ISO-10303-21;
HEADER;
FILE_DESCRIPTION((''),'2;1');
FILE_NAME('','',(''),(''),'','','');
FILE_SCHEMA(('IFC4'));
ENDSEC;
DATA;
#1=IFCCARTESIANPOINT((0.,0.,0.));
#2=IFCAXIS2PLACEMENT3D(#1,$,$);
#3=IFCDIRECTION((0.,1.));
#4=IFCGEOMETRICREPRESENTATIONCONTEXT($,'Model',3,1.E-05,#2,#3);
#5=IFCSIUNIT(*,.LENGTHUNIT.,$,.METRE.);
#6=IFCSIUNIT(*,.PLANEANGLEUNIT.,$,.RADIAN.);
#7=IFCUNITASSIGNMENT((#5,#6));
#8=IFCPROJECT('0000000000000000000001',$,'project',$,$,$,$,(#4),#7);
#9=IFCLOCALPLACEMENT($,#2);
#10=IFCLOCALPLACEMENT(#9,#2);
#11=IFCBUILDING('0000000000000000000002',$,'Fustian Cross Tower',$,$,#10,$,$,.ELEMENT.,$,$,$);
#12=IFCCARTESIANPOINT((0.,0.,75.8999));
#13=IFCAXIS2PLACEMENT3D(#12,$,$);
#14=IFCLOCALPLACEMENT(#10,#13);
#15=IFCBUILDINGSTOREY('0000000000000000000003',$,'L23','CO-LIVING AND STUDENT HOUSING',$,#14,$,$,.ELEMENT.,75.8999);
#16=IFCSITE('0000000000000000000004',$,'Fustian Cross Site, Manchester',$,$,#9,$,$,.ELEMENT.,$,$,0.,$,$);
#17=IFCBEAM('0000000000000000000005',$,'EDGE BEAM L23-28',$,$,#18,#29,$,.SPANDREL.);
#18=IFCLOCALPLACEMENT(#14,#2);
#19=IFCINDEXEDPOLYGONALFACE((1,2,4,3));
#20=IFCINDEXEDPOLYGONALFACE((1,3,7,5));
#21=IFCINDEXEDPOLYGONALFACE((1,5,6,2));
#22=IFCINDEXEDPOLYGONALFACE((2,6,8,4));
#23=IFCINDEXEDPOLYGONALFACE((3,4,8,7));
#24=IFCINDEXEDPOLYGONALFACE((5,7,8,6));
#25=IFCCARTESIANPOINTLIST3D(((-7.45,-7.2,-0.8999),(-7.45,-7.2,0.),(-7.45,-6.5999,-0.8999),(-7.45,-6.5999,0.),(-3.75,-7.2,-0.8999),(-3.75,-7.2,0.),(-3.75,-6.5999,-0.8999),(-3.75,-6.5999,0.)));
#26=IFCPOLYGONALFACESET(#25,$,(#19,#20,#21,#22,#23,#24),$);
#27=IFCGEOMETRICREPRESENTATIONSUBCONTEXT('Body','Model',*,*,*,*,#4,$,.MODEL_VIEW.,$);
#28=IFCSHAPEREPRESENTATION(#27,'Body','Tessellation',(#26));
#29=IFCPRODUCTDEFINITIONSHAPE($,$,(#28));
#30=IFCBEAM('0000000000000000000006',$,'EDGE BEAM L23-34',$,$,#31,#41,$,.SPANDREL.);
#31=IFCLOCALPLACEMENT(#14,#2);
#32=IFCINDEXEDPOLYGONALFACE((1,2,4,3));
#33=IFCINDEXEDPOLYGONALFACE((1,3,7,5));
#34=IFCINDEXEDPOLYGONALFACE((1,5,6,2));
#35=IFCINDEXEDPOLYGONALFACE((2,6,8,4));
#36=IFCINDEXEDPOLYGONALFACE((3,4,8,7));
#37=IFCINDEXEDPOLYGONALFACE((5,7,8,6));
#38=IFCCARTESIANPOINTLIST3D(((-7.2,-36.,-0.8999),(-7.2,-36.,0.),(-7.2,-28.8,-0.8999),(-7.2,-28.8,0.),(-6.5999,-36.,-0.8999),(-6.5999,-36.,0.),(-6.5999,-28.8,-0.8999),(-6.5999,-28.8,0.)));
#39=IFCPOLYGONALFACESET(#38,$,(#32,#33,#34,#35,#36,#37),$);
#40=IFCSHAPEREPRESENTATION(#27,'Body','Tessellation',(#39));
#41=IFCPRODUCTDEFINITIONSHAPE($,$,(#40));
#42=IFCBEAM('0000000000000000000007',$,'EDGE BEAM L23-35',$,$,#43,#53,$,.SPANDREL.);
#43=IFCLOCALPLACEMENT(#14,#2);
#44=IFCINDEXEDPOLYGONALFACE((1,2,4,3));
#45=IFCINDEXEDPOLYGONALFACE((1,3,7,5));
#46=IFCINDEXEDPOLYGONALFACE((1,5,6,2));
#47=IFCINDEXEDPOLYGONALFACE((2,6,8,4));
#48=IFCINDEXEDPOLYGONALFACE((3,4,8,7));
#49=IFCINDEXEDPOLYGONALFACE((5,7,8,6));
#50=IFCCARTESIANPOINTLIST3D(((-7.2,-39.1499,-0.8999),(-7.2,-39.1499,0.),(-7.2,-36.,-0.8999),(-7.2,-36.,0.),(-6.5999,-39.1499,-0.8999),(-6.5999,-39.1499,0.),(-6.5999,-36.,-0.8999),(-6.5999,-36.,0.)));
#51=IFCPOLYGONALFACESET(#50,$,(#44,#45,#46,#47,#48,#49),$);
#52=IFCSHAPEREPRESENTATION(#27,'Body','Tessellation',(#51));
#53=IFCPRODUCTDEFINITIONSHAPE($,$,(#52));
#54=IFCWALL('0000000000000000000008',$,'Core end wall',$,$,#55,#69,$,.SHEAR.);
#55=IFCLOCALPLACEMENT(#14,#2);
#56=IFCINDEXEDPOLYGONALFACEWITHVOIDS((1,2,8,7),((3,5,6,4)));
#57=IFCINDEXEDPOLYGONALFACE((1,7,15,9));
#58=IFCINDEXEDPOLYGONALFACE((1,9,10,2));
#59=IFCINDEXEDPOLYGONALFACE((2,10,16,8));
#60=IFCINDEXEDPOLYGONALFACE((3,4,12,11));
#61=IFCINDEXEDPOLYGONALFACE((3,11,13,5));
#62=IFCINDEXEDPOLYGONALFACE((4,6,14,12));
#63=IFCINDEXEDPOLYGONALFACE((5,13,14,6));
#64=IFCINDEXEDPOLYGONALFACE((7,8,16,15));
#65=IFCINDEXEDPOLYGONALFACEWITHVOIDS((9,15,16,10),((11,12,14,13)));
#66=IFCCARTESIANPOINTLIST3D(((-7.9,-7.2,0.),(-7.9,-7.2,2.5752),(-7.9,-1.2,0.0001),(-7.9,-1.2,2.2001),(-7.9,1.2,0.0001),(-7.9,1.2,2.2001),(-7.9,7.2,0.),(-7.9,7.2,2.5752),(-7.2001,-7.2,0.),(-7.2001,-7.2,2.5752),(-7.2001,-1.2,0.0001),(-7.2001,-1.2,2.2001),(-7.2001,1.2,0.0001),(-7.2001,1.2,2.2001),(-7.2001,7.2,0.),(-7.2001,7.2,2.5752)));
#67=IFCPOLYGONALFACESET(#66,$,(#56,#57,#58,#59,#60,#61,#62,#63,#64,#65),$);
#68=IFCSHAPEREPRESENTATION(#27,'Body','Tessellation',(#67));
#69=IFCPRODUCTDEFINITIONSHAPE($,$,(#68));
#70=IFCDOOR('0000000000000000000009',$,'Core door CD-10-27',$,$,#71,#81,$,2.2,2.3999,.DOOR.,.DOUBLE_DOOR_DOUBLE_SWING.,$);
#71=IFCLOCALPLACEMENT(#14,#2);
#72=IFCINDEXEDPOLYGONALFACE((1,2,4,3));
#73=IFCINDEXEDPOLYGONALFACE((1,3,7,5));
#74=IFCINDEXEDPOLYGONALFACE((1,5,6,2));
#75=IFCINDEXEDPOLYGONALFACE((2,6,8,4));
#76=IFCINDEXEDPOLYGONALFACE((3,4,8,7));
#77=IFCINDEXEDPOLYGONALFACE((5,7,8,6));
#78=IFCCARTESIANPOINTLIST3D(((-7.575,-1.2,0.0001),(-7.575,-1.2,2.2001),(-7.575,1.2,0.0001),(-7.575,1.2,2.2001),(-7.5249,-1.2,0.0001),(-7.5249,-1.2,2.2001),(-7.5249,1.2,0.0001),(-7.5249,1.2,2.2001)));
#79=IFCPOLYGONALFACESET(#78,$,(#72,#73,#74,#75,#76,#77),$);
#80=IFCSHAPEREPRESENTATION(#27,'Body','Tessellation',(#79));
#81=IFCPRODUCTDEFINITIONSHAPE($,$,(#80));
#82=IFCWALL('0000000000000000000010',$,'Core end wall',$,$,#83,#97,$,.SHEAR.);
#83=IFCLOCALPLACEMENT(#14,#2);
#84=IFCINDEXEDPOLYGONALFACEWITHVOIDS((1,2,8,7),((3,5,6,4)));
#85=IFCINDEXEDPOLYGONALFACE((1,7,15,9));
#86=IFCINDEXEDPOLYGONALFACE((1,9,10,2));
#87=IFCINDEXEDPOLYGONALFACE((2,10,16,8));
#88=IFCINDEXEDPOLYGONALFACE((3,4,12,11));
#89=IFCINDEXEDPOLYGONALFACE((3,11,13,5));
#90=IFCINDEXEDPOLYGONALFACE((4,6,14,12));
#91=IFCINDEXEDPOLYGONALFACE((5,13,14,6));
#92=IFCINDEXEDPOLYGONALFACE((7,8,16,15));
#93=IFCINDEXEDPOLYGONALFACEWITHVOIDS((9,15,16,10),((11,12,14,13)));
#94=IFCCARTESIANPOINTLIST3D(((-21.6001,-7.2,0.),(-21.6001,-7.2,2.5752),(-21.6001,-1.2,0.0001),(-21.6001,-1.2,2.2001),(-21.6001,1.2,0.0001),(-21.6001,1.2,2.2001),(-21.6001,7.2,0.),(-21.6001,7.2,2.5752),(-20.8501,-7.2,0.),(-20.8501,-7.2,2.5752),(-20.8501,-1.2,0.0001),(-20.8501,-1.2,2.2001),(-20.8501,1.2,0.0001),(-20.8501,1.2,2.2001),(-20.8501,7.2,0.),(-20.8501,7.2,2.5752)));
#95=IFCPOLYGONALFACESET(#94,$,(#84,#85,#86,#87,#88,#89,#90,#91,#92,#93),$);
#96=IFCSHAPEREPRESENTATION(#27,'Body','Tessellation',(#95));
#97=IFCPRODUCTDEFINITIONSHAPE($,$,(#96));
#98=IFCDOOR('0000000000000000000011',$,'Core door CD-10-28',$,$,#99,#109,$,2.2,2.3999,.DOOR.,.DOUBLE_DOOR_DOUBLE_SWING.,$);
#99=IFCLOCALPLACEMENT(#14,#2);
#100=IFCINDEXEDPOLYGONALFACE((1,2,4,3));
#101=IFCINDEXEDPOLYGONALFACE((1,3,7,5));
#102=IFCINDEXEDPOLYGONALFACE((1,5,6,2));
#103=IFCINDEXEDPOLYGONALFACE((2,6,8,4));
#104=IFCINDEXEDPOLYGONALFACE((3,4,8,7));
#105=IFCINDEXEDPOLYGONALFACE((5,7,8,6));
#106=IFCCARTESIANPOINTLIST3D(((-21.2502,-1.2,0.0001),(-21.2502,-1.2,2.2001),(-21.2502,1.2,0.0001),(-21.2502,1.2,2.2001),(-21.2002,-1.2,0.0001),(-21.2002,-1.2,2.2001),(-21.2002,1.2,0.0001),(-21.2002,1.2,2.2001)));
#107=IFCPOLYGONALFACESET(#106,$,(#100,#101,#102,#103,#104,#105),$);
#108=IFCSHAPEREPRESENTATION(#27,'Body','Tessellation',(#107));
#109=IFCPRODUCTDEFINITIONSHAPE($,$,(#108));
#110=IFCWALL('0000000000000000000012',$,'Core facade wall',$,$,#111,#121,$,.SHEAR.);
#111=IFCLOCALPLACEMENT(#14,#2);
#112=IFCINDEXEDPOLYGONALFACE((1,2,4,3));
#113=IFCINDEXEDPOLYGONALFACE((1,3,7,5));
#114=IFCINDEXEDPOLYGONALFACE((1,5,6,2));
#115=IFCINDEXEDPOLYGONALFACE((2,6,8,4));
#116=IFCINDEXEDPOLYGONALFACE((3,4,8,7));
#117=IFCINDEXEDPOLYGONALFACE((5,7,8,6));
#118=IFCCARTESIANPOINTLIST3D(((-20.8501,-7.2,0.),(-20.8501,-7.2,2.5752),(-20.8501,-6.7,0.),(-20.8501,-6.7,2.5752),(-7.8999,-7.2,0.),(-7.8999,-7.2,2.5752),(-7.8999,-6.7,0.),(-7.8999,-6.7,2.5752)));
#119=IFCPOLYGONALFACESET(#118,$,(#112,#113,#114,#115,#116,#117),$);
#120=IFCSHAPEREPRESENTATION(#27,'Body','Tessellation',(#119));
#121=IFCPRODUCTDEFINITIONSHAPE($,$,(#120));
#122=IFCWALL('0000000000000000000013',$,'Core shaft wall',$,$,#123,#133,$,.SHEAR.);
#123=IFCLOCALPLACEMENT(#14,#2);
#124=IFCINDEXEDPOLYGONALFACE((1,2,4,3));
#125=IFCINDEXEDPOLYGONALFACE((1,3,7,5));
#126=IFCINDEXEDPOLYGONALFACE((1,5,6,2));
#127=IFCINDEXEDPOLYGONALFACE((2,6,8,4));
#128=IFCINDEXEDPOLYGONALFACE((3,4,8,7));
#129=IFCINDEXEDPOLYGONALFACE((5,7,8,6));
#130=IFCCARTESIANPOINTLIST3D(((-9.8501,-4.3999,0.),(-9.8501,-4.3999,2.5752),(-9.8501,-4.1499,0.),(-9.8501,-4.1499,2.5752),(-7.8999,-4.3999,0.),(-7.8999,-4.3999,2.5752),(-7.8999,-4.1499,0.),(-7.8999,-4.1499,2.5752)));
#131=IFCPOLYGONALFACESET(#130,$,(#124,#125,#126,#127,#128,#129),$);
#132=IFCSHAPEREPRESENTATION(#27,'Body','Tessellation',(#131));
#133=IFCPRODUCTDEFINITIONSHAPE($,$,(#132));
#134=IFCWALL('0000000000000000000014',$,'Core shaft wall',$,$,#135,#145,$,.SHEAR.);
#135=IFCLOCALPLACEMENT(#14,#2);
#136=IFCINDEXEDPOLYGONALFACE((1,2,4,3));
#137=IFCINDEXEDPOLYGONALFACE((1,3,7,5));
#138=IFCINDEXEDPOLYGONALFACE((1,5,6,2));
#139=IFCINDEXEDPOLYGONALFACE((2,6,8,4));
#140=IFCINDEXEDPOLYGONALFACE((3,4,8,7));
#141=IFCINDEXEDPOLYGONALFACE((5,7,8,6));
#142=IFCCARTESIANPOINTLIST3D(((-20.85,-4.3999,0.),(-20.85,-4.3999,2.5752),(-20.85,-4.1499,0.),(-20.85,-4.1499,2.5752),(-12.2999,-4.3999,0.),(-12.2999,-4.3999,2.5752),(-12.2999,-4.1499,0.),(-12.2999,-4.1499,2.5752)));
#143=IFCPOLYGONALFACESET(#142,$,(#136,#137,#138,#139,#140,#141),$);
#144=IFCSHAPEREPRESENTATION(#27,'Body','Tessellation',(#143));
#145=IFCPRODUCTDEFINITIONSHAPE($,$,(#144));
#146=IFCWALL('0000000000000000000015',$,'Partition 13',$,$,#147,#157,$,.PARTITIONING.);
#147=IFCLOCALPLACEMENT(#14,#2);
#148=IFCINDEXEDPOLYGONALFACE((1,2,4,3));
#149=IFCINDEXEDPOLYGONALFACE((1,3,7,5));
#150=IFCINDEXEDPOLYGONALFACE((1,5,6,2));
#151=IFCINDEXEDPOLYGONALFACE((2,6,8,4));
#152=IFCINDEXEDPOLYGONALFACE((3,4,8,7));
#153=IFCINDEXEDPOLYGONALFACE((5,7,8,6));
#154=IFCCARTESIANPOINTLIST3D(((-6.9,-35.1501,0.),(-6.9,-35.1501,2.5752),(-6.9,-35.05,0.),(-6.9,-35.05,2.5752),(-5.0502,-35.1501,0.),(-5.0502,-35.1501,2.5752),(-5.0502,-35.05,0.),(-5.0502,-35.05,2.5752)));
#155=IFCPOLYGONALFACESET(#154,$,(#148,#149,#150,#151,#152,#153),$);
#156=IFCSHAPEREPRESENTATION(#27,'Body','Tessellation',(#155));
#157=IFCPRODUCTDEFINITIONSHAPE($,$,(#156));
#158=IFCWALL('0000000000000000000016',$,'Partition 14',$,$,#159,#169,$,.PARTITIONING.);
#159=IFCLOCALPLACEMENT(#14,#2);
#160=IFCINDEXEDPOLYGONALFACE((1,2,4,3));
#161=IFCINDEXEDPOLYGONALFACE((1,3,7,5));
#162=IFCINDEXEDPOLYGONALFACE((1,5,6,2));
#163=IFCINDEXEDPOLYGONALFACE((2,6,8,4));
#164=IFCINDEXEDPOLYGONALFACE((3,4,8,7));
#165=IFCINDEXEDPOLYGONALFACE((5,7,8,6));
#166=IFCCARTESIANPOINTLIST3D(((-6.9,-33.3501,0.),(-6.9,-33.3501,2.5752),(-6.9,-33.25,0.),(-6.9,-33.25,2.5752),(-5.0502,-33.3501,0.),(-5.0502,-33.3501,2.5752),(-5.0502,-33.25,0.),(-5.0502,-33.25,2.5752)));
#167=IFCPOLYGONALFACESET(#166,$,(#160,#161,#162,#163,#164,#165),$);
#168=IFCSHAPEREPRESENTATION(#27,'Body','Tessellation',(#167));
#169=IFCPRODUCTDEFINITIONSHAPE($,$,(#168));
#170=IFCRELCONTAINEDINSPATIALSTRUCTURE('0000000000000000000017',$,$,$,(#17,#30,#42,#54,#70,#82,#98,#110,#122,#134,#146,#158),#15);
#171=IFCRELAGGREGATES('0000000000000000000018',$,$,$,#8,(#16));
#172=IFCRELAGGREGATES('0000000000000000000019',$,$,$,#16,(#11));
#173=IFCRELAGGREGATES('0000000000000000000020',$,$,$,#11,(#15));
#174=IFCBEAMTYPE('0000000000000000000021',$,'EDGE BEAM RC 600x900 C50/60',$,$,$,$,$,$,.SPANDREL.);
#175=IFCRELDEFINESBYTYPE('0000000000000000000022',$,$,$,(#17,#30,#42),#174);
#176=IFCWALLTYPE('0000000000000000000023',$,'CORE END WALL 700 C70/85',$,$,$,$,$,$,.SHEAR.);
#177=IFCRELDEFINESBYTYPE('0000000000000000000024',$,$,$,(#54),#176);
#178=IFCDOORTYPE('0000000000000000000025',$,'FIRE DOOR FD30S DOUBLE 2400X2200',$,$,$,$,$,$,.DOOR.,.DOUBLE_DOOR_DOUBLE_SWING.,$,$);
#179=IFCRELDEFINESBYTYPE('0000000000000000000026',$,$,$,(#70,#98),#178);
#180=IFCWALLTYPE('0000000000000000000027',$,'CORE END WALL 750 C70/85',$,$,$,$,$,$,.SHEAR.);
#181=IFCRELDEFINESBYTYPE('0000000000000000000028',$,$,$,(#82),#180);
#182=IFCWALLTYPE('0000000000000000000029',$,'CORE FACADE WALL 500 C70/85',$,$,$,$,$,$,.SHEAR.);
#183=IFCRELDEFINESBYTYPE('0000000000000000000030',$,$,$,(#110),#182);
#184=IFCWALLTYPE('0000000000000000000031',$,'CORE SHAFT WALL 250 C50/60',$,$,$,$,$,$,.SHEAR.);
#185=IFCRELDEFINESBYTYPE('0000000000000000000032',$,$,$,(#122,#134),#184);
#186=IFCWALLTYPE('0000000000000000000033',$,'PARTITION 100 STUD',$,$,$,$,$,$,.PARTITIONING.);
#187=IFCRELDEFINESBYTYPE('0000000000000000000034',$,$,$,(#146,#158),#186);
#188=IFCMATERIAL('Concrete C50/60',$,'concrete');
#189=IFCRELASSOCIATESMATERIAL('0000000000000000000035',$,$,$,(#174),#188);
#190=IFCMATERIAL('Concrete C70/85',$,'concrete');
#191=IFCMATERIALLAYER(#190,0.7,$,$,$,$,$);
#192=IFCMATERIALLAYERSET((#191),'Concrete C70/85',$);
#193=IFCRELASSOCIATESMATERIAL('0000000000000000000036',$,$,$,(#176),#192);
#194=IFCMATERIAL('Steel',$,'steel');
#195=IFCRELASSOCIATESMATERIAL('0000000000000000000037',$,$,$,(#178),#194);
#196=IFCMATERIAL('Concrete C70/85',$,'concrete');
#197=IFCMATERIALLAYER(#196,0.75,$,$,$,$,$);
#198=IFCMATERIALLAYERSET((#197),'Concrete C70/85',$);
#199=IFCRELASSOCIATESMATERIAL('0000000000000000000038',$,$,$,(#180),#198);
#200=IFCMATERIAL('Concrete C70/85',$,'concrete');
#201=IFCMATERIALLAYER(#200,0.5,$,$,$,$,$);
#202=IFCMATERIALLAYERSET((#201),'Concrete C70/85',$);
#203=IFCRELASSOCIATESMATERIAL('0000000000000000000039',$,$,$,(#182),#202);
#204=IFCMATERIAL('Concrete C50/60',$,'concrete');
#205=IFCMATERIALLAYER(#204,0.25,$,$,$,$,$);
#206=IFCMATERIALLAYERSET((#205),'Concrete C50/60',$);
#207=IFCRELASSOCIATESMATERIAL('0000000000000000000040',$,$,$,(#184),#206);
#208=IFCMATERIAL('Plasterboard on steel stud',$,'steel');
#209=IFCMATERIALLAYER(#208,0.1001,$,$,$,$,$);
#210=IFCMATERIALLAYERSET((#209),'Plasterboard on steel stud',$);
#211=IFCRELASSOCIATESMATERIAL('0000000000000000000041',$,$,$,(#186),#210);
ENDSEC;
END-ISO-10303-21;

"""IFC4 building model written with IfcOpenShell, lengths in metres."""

from ifc_helpers import new_model, si_unit, direction, frame, frame_2d, origin, origin_2d, place, context, subcontext, project, spatial, rectangle, extrude, material, layer, layer_set, material_profile, profile_set, type_object, element, fill, save


model = new_model("IFC4")

# Units and contexts
model_context = context("Model", 3, precision=1e-05, world=origin(), true_north=direction((0.0, 1.0)))
body_context = subcontext(model_context, "Body", "Model", "MODEL_VIEW")
ifc_project = project(units=[si_unit("LENGTHUNIT", "METRE"), si_unit("PLANEANGLEUNIT", "RADIAN")], contexts=[model_context])

# Site, building, storey
site_placement = place(None, origin())
site = spatial("IfcSite", under=ifc_project, at=site_placement, Name="Fustian Cross Site, Manchester", CompositionType="ELEMENT", RefElevation=0.0)
building_placement = place(site_placement, origin())
building = spatial("IfcBuilding", under=site, at=building_placement, Name="Fustian Cross Tower", CompositionType="ELEMENT")
storey_placement = place(building_placement, frame((0.0, 0.0, 75.8999)))
storey = spatial("IfcBuildingStorey", under=building, at=storey_placement, Name="L23", Description="CO-LIVING AND STUDENT HOUSING", CompositionType="ELEMENT", Elevation=75.8999)

# Beams
ifc_material_1 = material(Name="Concrete C50/60", Category="concrete")
ifc_material_profile = material_profile(ifc_material_1, rectangle(XDim=0.6001, YDim=0.8999, at=origin_2d()), Name="RC 600x900")
ifc_profile_set = profile_set([ifc_material_profile], Name="Concrete C50/60")
beam_type = type_object("IfcBeamType", Name="EDGE BEAM RC 600x900 C50/60", PredefinedType="SPANDREL", material=ifc_profile_set)
beam_1_placement = place(storey_placement, frame((-7.45, -6.8999, -0.45), z_axis=(1.0, 0.0, 0.0), x_axis=(0.0, 1.0, 0.0)))
element("IfcBeam", 1, at=beam_1_placement, inside=storey, type_object=beam_type, Name="EDGE BEAM L23-28", PredefinedType="SPANDREL", context=body_context, shape_type="SweptSolid", body=[
    extrude(rectangle(XDim=0.6001, YDim=0.8999, at=origin_2d()), origin(), (0.0, 0.0, 1.0), 3.7),
])
beam_2_placement = place(storey_placement, frame((-6.8999, -28.8, -0.45), z_axis=(0.0, -1.0, 0.0), x_axis=(1.0, 0.0, 0.0)))
element("IfcBeam", 2, at=beam_2_placement, inside=storey, type_object=beam_type, Name="EDGE BEAM L23-34", PredefinedType="SPANDREL", context=body_context, shape_type="SweptSolid", body=[
    extrude(rectangle(XDim=0.6001, YDim=0.8999, at=origin_2d()), origin(), (0.0, 0.0, 1.0), 7.2),
])
beam_3_placement = place(storey_placement, frame((-6.8999, -36.0, -0.45), z_axis=(0.0, -1.0, 0.0), x_axis=(1.0, 0.0, 0.0)))
element("IfcBeam", 3, at=beam_3_placement, inside=storey, type_object=beam_type, Name="EDGE BEAM L23-35", PredefinedType="SPANDREL", context=body_context, shape_type="SweptSolid", body=[
    extrude(rectangle(XDim=0.6001, YDim=0.8999, at=origin_2d()), origin(), (0.0, 0.0, 1.0), 3.1499),
])

# Walls, openings, doors
ifc_material_2 = material(Name="Concrete C70/85", Category="concrete")
ifc_layer_1 = layer(ifc_material_2, 0.7)
ifc_layer_set_1 = layer_set([ifc_layer_1], Name="Concrete C70/85")
wall_type_1 = type_object("IfcWallType", Name="CORE END WALL 700 C70/85", PredefinedType="SHEAR", material=ifc_layer_set_1)
wall_1_placement = place(storey_placement, frame((-7.55, -7.2, 0.0), z_axis=(0.0, 0.0, 1.0), x_axis=(0.0, 1.0, 0.0)))
wall_1 = element("IfcWall", 4, at=wall_1_placement, inside=storey, type_object=wall_type_1, Name="Core end wall", PredefinedType="SHEAR", context=body_context, shape_type="SweptSolid", body=[
    extrude(rectangle(XDim=14.3999, YDim=0.7, at=frame_2d((7.2, 0.0))), origin(), (0.0, 0.0, 1.0), 2.5752),
])
opening_1_placement = place(wall_1_placement, frame((6.0, 0.0, 0.0)))
opening_1 = element("IfcOpeningElement", 5, at=opening_1_placement, cuts=wall_1, PredefinedType="OPENING", context=body_context, shape_type="SweptSolid", body=[
    extrude(rectangle(XDim=2.3999, YDim=2.2, at=frame_2d((1.2, 1.1001))), frame((0.0, 0.3599, 0.0), z_axis=(0.0, -1.0, 0.0), x_axis=(1.0, 0.0, 0.0)), (0.0, 0.0, 1.0), 0.72),
])
ifc_material_3 = material(Name="Steel", Category="steel")
door_type_1 = type_object("IfcDoorType", Name="FIRE DOOR FD30S DOUBLE 2400X2200", OperationType="DOUBLE_DOOR_DOUBLE_SWING", PredefinedType="DOOR", material=ifc_material_3)
door_1_placement = place(opening_1_placement, origin())
door_1 = element("IfcDoor", 6, at=door_1_placement, inside=storey, type_object=door_type_1, Name="Core door CD-10-27", OperationType="DOUBLE_DOOR_DOUBLE_SWING", OverallHeight=2.2, OverallWidth=2.3999, PredefinedType="DOOR", context=body_context, shape_type="SweptSolid", body=[
    extrude(rectangle(XDim=2.3999, YDim=2.2, at=frame_2d((1.2, 1.1001))), frame((0.0, 0.0249, 0.0), z_axis=(0.0, -1.0, 0.0), x_axis=(1.0, 0.0, 0.0)), (0.0, 0.0, 1.0), 0.05),
])
fill(opening_1, door_1)
ifc_material_4 = material(Name="Concrete C70/85", Category="concrete")
ifc_layer_2 = layer(ifc_material_4, 0.75)
ifc_layer_set_2 = layer_set([ifc_layer_2], Name="Concrete C70/85")
wall_type_2 = type_object("IfcWallType", Name="CORE END WALL 750 C70/85", PredefinedType="SHEAR", material=ifc_layer_set_2)
wall_2_placement = place(storey_placement, frame((-21.2251, -7.2, 0.0), z_axis=(0.0, 0.0, 1.0), x_axis=(0.0, 1.0, 0.0)))
wall_2 = element("IfcWall", 7, at=wall_2_placement, inside=storey, type_object=wall_type_2, Name="Core end wall", PredefinedType="SHEAR", context=body_context, shape_type="SweptSolid", body=[
    extrude(rectangle(XDim=14.3999, YDim=0.75, at=frame_2d((7.2, 0.0))), origin(), (0.0, 0.0, 1.0), 2.5752),
])
opening_2_placement = place(wall_2_placement, frame((6.0, 0.0, 0.0)))
opening_2 = element("IfcOpeningElement", 8, at=opening_2_placement, cuts=wall_2, PredefinedType="OPENING", context=body_context, shape_type="SweptSolid", body=[
    extrude(rectangle(XDim=2.3999, YDim=2.2, at=frame_2d((1.2, 1.1001))), frame((0.0, 0.385, 0.0), z_axis=(0.0, -1.0, 0.0), x_axis=(1.0, 0.0, 0.0)), (0.0, 0.0, 1.0), 0.77),
])
door_2_placement = place(opening_2_placement, frame((2.3999, 0.0, 0.0), z_axis=(0.0, 0.0, 1.0), x_axis=(-1.0, 0.0, 0.0)))
door_2 = element("IfcDoor", 9, at=door_2_placement, inside=storey, type_object=door_type_1, Name="Core door CD-10-28", OperationType="DOUBLE_DOOR_DOUBLE_SWING", OverallHeight=2.2, OverallWidth=2.3999, PredefinedType="DOOR", context=body_context, shape_type="SweptSolid", body=[
    extrude(rectangle(XDim=2.3999, YDim=2.2, at=frame_2d((1.2, 1.1001))), frame((0.0, 0.0249, 0.0), z_axis=(0.0, -1.0, 0.0), x_axis=(1.0, 0.0, 0.0)), (0.0, 0.0, 1.0), 0.05),
])
fill(opening_2, door_2)

# Walls
ifc_material_5 = material(Name="Concrete C70/85", Category="concrete")
ifc_layer_3 = layer(ifc_material_5, 0.5)
ifc_layer_set_3 = layer_set([ifc_layer_3], Name="Concrete C70/85")
wall_type_3 = type_object("IfcWallType", Name="CORE FACADE WALL 500 C70/85", PredefinedType="SHEAR", material=ifc_layer_set_3)
wall_3_placement = place(storey_placement, frame((-7.8999, -6.95, 0.0), z_axis=(0.0, 0.0, 1.0), x_axis=(-1.0, 0.0, 0.0)))
element("IfcWall", 10, at=wall_3_placement, inside=storey, type_object=wall_type_3, Name="Core facade wall", PredefinedType="SHEAR", context=body_context, shape_type="SweptSolid", body=[
    extrude(rectangle(XDim=12.9502, YDim=0.5, at=frame_2d((6.4751, 0.0))), origin(), (0.0, 0.0, 1.0), 2.5752),
])
ifc_material_6 = material(Name="Concrete C50/60", Category="concrete")
ifc_layer_4 = layer(ifc_material_6, 0.25)
ifc_layer_set_4 = layer_set([ifc_layer_4], Name="Concrete C50/60")
wall_type_4 = type_object("IfcWallType", Name="CORE SHAFT WALL 250 C50/60", PredefinedType="SHEAR", material=ifc_layer_set_4)
wall_4_placement = place(storey_placement, frame((-7.8999, -4.2749, 0.0), z_axis=(0.0, 0.0, 1.0), x_axis=(-1.0, 0.0, 0.0)))
element("IfcWall", 11, at=wall_4_placement, inside=storey, type_object=wall_type_4, Name="Core shaft wall", PredefinedType="SHEAR", context=body_context, shape_type="SweptSolid", body=[
    extrude(rectangle(XDim=1.9502, YDim=0.25, at=frame_2d((0.9751, 0.0))), origin(), (0.0, 0.0, 1.0), 2.5752),
])
wall_5_placement = place(storey_placement, frame((-12.3, -4.2749, 0.0), z_axis=(0.0, 0.0, 1.0), x_axis=(-1.0, 0.0, 0.0)))
element("IfcWall", 12, at=wall_5_placement, inside=storey, type_object=wall_type_4, Name="Core shaft wall", PredefinedType="SHEAR", context=body_context, shape_type="SweptSolid", body=[
    extrude(rectangle(XDim=8.55, YDim=0.25, at=frame_2d((4.2749, 0.0))), origin(), (0.0, 0.0, 1.0), 2.5752),
])
ifc_material_7 = material(Name="Plasterboard on steel stud", Category="steel")
ifc_layer_5 = layer(ifc_material_7, 0.1001)
ifc_layer_set_5 = layer_set([ifc_layer_5], Name="Plasterboard on steel stud")
wall_type_5 = type_object("IfcWallType", Name="PARTITION 100 STUD", PredefinedType="PARTITIONING", material=ifc_layer_set_5)
for number, where, z_axis, x_axis, name in (
    (13, (-6.8999, -35.1001, 0.0), (0.0, 0.0, 1.0), (1.0, 0.0, 0.0), "Partition 13"),
    (14, (-6.8999, -33.3, 0.0), (0.0, 0.0, 1.0), (1.0, 0.0, 0.0), "Partition 14"),
):
    element("IfcWall", number, at=place(storey_placement, frame(where, z_axis=z_axis, x_axis=x_axis)), inside=storey, type_object=wall_type_5, Name=name, PredefinedType="PARTITIONING", context=body_context, shape_type="SweptSolid", body=[
        extrude(rectangle(XDim=1.8499, YDim=0.1001, at=frame_2d((0.9248, 0.0))), origin(), (0.0, 0.0, 1.0), 2.5752),
    ])

save(model, "model.ifc")
